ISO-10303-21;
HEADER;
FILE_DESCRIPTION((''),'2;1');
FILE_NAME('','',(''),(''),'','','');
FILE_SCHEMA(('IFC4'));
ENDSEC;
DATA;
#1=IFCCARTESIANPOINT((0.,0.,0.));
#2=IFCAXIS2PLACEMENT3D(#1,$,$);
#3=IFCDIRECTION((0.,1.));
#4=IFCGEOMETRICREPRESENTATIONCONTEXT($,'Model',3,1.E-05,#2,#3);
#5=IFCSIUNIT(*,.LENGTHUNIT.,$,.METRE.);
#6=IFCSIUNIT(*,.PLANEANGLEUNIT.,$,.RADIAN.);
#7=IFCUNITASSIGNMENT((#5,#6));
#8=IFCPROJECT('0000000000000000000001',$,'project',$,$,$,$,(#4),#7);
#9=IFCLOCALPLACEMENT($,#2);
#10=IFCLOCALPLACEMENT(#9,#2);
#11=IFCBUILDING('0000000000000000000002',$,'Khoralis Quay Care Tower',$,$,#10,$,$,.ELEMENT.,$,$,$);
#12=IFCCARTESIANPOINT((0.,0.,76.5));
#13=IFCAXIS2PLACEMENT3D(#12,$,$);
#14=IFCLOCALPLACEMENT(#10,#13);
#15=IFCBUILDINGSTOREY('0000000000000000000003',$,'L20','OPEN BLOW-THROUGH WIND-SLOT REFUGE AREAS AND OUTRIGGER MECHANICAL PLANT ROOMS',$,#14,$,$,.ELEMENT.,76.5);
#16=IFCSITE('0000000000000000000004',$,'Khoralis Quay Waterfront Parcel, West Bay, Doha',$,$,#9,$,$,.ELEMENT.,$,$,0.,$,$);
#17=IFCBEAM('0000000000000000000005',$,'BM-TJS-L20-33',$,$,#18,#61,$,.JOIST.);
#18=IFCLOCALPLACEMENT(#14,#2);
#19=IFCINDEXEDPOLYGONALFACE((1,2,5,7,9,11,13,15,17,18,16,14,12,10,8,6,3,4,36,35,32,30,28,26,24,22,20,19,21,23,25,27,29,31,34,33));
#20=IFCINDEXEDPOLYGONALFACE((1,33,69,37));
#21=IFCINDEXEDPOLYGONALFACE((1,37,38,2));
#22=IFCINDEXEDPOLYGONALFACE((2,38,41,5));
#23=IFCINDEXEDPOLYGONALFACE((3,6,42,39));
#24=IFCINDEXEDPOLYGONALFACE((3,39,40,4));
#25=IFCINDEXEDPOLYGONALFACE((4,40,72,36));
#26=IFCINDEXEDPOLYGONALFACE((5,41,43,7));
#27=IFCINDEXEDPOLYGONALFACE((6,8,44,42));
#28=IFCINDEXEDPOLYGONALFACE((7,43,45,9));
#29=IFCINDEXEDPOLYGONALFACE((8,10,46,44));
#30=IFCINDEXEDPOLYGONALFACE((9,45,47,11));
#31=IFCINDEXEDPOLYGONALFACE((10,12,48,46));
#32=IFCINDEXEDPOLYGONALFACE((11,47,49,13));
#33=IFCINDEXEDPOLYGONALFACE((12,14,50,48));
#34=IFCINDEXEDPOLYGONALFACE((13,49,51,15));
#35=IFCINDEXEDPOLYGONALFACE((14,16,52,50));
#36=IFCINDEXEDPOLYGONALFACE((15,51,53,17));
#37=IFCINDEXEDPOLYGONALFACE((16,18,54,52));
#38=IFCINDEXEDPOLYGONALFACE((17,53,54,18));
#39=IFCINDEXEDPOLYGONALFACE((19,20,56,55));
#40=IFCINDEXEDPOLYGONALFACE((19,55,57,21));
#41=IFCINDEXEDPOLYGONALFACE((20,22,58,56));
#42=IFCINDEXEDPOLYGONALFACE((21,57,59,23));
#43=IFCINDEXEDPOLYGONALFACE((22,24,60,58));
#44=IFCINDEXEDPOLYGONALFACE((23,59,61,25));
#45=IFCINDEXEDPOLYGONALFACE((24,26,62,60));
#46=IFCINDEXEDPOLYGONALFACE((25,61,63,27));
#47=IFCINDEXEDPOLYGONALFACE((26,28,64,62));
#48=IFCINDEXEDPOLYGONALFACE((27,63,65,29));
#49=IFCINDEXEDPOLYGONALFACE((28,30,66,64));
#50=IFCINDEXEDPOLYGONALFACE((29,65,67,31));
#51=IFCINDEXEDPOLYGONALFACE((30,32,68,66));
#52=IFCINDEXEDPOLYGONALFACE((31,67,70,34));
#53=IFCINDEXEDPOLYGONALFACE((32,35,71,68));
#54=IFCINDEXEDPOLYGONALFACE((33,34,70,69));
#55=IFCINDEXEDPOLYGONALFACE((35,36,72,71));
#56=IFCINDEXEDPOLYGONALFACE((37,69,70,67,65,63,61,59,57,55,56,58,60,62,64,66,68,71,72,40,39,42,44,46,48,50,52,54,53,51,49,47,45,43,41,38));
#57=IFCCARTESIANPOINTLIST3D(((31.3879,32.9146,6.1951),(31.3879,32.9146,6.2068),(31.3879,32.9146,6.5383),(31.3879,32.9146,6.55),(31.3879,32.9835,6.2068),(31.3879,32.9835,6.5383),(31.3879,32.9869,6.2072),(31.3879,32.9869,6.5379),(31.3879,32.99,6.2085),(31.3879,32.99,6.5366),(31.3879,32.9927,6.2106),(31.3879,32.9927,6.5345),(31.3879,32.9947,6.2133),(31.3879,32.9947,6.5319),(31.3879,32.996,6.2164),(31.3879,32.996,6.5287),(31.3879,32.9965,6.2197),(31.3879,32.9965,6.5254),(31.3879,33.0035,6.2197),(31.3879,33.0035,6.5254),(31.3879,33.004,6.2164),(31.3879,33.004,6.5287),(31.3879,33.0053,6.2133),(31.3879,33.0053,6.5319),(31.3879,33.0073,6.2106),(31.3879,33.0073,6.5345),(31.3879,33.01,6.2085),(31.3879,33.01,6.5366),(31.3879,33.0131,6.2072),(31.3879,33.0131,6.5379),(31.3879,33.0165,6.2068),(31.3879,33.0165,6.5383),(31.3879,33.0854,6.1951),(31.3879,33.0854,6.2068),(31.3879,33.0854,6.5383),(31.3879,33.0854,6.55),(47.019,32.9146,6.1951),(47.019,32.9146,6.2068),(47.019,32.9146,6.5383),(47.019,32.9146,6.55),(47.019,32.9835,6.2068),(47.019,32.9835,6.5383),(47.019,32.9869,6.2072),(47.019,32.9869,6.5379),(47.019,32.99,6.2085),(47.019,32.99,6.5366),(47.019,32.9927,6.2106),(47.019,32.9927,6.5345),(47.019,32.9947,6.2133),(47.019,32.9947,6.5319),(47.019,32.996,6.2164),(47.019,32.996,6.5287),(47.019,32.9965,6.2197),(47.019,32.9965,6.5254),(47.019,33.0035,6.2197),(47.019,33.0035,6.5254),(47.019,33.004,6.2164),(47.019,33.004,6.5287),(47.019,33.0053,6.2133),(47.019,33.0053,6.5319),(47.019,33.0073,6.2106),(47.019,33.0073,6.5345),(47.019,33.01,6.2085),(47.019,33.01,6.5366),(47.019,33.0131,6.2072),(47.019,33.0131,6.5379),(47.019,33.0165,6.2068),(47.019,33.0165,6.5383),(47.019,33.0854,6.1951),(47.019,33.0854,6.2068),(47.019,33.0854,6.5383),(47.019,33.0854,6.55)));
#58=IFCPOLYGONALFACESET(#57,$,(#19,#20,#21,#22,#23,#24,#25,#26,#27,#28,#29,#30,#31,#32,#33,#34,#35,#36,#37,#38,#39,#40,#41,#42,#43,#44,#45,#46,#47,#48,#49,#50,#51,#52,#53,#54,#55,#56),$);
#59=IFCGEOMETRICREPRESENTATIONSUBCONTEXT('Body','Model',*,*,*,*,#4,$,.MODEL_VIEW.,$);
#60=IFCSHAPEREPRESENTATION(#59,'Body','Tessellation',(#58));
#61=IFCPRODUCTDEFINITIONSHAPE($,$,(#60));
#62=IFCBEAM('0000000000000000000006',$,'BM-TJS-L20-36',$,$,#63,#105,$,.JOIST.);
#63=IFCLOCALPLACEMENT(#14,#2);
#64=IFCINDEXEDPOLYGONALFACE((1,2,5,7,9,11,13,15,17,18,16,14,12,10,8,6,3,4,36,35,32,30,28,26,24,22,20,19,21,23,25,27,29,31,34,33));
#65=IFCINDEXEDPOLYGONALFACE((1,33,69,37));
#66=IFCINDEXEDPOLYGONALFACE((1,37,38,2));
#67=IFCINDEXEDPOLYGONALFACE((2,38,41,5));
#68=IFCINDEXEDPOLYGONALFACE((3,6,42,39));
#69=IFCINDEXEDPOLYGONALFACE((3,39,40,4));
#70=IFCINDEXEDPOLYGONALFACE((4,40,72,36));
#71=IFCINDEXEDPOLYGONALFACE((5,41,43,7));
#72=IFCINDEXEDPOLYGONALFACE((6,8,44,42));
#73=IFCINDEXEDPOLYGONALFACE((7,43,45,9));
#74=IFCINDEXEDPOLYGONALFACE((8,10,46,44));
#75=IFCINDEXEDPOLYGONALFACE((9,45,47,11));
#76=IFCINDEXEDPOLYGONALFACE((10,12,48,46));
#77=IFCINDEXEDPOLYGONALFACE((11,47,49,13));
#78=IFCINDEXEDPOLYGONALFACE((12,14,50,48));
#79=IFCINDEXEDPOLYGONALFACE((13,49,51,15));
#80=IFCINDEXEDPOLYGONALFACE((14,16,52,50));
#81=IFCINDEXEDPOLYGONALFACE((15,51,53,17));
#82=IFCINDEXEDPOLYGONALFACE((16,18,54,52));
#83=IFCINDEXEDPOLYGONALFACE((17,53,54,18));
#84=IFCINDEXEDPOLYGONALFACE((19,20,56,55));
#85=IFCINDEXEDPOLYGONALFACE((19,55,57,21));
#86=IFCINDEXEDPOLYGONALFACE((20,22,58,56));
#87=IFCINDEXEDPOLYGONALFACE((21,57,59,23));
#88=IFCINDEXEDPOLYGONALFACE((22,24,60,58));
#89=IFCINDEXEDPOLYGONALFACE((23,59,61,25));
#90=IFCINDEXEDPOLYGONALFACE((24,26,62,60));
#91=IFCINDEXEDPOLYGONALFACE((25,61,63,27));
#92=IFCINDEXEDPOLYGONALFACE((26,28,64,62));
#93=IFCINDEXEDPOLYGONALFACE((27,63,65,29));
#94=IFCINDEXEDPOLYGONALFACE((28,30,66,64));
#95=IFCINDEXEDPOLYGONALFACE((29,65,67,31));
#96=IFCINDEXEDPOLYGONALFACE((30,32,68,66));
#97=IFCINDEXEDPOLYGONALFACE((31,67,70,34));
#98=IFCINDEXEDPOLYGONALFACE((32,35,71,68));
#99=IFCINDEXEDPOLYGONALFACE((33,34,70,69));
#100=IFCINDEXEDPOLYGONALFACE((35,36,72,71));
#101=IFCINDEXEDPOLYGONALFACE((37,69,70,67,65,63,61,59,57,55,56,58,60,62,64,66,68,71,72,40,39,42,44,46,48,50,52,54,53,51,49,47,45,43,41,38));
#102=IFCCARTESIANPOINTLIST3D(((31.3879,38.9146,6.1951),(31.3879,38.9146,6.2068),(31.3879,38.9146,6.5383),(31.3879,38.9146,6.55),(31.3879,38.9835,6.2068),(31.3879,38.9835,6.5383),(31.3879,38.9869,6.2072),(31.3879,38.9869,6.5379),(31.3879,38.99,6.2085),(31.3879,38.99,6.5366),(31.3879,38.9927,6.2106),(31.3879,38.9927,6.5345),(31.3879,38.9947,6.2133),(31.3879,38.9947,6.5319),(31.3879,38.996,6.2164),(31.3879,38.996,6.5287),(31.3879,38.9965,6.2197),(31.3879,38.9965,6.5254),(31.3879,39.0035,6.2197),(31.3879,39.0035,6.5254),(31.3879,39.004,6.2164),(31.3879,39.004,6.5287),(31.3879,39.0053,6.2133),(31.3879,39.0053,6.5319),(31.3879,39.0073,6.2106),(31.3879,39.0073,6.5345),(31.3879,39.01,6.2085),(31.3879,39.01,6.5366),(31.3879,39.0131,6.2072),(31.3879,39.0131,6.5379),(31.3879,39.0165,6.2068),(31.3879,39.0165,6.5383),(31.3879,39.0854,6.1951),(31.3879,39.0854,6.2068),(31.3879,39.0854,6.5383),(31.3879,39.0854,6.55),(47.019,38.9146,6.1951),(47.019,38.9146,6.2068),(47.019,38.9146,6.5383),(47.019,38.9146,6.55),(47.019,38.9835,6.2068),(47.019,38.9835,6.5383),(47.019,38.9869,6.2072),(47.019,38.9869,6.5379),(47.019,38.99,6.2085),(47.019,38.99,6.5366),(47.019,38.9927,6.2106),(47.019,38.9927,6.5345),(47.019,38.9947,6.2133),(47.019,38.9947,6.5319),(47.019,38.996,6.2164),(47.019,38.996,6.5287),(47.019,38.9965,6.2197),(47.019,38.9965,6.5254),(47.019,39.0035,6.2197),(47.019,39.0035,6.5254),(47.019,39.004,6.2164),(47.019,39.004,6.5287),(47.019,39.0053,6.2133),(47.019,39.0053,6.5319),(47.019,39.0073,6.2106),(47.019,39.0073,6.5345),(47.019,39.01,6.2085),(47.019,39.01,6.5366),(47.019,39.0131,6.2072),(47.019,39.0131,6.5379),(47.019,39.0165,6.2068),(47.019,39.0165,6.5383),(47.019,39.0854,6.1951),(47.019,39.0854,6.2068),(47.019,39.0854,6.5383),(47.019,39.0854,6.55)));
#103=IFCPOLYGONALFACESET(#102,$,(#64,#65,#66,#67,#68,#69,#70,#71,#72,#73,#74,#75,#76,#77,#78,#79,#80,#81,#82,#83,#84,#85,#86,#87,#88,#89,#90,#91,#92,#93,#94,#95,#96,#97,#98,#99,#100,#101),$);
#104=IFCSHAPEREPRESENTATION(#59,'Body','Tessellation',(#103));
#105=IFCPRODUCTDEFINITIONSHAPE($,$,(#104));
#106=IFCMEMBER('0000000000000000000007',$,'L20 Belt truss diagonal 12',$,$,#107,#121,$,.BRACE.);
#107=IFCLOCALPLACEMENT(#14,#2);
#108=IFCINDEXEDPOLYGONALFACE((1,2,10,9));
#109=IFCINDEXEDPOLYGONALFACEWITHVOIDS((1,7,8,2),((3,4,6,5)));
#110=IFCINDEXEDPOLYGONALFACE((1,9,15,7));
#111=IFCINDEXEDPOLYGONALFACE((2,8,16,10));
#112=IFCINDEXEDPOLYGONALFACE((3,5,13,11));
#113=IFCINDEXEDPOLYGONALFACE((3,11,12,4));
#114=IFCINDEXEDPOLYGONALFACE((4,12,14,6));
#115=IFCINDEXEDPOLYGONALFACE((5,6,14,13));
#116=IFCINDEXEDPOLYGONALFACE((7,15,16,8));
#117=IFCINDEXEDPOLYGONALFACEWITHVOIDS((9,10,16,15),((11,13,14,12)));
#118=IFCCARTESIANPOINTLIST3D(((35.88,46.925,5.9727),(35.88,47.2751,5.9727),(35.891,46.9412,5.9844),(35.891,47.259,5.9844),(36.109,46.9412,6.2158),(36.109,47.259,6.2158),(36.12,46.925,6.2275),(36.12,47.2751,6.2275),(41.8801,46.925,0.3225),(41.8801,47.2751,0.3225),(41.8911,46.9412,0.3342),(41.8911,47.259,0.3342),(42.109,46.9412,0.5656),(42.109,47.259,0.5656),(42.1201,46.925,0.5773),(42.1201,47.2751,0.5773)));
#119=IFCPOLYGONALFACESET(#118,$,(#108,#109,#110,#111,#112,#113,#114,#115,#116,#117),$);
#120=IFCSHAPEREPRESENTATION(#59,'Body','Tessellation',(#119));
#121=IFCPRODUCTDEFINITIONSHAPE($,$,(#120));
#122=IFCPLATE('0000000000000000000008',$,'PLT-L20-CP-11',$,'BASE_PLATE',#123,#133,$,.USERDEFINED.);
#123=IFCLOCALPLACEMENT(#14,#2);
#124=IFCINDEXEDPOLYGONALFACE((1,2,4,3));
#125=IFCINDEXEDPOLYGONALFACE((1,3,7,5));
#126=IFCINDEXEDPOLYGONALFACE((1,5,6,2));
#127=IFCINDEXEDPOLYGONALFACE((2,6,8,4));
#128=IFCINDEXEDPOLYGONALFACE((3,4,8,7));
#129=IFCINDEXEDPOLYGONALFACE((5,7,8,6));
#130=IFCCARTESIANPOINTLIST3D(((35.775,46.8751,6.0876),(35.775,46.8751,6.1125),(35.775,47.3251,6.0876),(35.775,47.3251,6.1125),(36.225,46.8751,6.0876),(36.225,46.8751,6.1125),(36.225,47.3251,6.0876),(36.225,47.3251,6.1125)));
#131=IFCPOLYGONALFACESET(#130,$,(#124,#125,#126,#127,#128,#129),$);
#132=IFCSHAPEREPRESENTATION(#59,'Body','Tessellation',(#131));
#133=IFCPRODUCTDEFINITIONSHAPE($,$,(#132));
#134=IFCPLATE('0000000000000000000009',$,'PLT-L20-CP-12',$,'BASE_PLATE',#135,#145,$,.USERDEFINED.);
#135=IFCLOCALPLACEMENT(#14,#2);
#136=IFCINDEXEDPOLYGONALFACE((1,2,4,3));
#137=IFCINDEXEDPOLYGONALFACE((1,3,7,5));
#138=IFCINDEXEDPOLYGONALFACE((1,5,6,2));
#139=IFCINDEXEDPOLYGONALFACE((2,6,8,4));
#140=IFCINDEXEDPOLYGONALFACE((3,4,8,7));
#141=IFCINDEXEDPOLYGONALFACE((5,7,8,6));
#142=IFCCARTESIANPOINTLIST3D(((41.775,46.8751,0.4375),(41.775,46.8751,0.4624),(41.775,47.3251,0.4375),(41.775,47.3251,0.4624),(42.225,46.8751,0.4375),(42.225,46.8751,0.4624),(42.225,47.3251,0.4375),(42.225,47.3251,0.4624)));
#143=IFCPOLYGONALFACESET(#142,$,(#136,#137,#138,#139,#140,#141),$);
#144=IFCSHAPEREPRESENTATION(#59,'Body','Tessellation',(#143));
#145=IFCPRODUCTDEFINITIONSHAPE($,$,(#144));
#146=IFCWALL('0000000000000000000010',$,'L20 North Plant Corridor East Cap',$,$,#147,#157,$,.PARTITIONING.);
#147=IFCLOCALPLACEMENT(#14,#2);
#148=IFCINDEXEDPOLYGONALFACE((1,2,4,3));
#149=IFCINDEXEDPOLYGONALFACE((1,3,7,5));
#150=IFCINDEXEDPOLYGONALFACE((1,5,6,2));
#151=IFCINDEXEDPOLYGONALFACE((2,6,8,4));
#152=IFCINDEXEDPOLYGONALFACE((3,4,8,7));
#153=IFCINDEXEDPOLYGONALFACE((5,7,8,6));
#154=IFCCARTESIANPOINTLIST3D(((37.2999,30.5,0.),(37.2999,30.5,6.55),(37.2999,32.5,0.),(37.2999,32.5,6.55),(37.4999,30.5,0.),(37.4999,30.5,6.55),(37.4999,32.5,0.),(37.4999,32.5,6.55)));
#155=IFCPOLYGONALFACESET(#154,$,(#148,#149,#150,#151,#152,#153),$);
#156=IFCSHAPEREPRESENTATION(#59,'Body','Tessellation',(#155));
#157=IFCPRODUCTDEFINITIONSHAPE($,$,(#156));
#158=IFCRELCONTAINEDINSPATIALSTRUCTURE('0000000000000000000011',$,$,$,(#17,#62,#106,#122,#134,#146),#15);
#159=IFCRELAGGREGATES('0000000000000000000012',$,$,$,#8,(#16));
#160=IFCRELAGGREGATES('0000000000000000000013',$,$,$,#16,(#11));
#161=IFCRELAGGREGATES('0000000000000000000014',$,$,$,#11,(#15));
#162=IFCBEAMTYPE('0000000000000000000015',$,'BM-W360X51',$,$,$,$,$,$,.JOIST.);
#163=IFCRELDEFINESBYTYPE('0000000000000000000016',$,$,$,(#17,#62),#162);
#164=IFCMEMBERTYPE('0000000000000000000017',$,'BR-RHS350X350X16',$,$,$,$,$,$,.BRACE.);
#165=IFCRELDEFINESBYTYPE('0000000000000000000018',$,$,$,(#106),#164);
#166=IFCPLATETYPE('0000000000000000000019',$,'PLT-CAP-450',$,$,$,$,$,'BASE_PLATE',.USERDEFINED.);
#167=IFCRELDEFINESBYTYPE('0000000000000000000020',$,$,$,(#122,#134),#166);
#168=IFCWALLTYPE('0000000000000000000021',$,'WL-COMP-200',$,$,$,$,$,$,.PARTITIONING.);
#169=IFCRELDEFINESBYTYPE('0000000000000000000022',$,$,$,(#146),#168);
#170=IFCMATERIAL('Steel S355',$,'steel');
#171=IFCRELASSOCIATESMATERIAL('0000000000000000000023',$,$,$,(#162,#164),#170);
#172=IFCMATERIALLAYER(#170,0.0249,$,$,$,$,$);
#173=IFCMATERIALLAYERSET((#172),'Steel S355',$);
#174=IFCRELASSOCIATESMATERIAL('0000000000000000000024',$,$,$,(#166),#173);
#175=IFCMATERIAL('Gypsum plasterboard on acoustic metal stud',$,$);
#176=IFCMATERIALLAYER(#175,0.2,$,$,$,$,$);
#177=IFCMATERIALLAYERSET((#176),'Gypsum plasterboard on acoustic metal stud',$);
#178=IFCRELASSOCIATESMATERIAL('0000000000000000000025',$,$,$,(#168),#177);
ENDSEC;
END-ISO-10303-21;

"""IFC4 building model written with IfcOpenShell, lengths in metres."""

from ifc_helpers import new_model, si_unit, direction, frame, frame_2d, origin, origin_2d, place, context, subcontext, project, spatial, rectangle, hollow_rectangle, i_section, extrude, source, transform, mapped, material, layer, layer_set, material_profile, profile_set, type_object, element, save


model = new_model("IFC4")

# Units and contexts
model_context = context("Model", 3, precision=1e-05, world=origin(), true_north=direction((0.0, 1.0)))
body_context = subcontext(model_context, "Body", "Model", "MODEL_VIEW")
ifc_project = project(units=[si_unit("LENGTHUNIT", "METRE"), si_unit("PLANEANGLEUNIT", "RADIAN")], contexts=[model_context])

# Site, building, storey
site_placement = place(None, origin())
site = spatial("IfcSite", under=ifc_project, at=site_placement, Name="Khoralis Quay Waterfront Parcel, West Bay, Doha", CompositionType="ELEMENT", RefElevation=0.0)
building_placement = place(site_placement, origin())
building = spatial("IfcBuilding", under=site, at=building_placement, Name="Khoralis Quay Care Tower", CompositionType="ELEMENT")
storey_placement = place(building_placement, frame((0.0, 0.0, 76.5)))
storey = spatial("IfcBuildingStorey", under=building, at=storey_placement, Name="L20", Description="OPEN BLOW-THROUGH WIND-SLOT REFUGE AREAS AND OUTRIGGER MECHANICAL PLANT ROOMS", CompositionType="ELEMENT", Elevation=76.5)

# Beams
ifc_material_1 = material(Name="Steel S355", Category="steel")
ifc_material_profile_1 = material_profile(ifc_material_1, i_section(OverallWidth=0.1709, OverallDepth=0.355, WebThickness=0.0071, FlangeThickness=0.0117, FilletRadius=0.0129, at=origin_2d()), Name="Steel S355")
ifc_profile_set_1 = profile_set([ifc_material_profile_1], Name="Steel S355")
beam_type_1 = type_object("IfcBeamType", Name="BM-W360X51", PredefinedType="JOIST", material=ifc_profile_set_1)
shared_shape_1 = source(origin(), body_context, "Body", "SweptSolid", [
    extrude(i_section(OverallWidth=0.1709, OverallDepth=0.355, WebThickness=0.0071, FlangeThickness=0.0117, FilletRadius=0.0129, at=origin_2d()), origin(), (0.0, 0.0, 1.0), 15.6311),
])
for number, where, z_axis, x_axis, name in (
    (1, (31.3879, 33.0, 6.3726), (1.0, 0.0, 0.0), (0.0, 1.0, 0.0), "BM-TJS-L20-33"),
    (2, (31.3879, 39.0, 6.3726), (1.0, 0.0, 0.0), (0.0, 1.0, 0.0), "BM-TJS-L20-36"),
):
    element("IfcBeam", number, at=place(storey_placement, frame(where, z_axis=z_axis, x_axis=x_axis)), inside=storey, type_object=beam_type_1, Name=name, PredefinedType="JOIST", context=body_context, shape_type="MappedRepresentation", body=[
        mapped(shared_shape_1, transform((0.0, 0.0, 0.0), scale=1.0)),
    ])

# Member
ifc_material_profile_2 = material_profile(ifc_material_1, hollow_rectangle(XDim=0.3501, YDim=0.3501, WallThickness=0.0161, at=origin_2d()), Name="Steel S355")
ifc_profile_set_2 = profile_set([ifc_material_profile_2], Name="Steel S355")
member_type = type_object("IfcMemberType", Name="BR-RHS350X350X16", PredefinedType="BRACE", material=ifc_profile_set_2)
shared_shape_2 = source(origin(), body_context, "Body", "SweptSolid", [
    extrude(hollow_rectangle(XDim=0.3501, YDim=0.3501, WallThickness=0.0161, at=origin_2d()), origin(), (0.0, 0.0, 1.0), 8.2417),
])
member_placement = place(storey_placement, frame((36.0, 47.1001, 6.1001), z_axis=(0.728013, 0.0, -0.685563), x_axis=(0.0, 1.0, 0.0)))
element("IfcMember", 3, at=member_placement, inside=storey, type_object=member_type, Name="L20 Belt truss diagonal 12", PredefinedType="BRACE", context=body_context, shape_type="MappedRepresentation", body=[
    mapped(shared_shape_2, transform((0.0, 0.0, 0.0), scale=1.0)),
])

# Plates
ifc_layer_1 = layer(ifc_material_1, 0.0249)
ifc_layer_set_1 = layer_set([ifc_layer_1], Name="Steel S355")
plate_type = type_object("IfcPlateType", Name="PLT-CAP-450", ElementType="BASE_PLATE", PredefinedType="USERDEFINED", material=ifc_layer_set_1)
shared_shape_3 = source(origin(), body_context, "Body", "SweptSolid", [
    extrude(rectangle(XDim=0.45, YDim=0.45, at=origin_2d()), origin(), (0.0, 0.0, 1.0), 0.0249),
])
for number, where, z_axis, x_axis, name in (
    (4, (36.0, 47.1001, 6.0876), (0.0, 0.0, 1.0), (1.0, 0.0, 0.0), "PLT-L20-CP-11"),
    (5, (42.0, 47.1001, 0.4375), (0.0, 0.0, 1.0), (1.0, 0.0, 0.0), "PLT-L20-CP-12"),
):
    element("IfcPlate", number, at=place(storey_placement, frame(where, z_axis=z_axis, x_axis=x_axis)), inside=storey, type_object=plate_type, Name=name, ObjectType="BASE_PLATE", PredefinedType="USERDEFINED", context=body_context, shape_type="MappedRepresentation", body=[
        mapped(shared_shape_3, transform((0.0, 0.0, 0.0), scale=1.0)),
    ])

# Wall
ifc_material_2 = material(Name="Gypsum plasterboard on acoustic metal stud")
ifc_layer_2 = layer(ifc_material_2, 0.2)
ifc_layer_set_2 = layer_set([ifc_layer_2], Name="Gypsum plasterboard on acoustic metal stud")
wall_type_1 = type_object("IfcWallType", Name="WL-COMP-200", PredefinedType="PARTITIONING", material=ifc_layer_set_2)
wall_1_placement = place(storey_placement, frame((37.3999, 30.5, 0.0), z_axis=(0.0, 0.0, 1.0), x_axis=(0.0, 1.0, 0.0)))
element("IfcWall", 6, at=wall_1_placement, inside=storey, type_object=wall_type_1, Name="L20 North Plant Corridor East Cap", PredefinedType="PARTITIONING", context=body_context, shape_type="SweptSolid", body=[
    extrude(rectangle(XDim=2.0, YDim=0.2, at=frame_2d((1.0, 0.0))), origin(), (0.0, 0.0, 1.0), 6.55),
])

save(model, "model.ifc")
